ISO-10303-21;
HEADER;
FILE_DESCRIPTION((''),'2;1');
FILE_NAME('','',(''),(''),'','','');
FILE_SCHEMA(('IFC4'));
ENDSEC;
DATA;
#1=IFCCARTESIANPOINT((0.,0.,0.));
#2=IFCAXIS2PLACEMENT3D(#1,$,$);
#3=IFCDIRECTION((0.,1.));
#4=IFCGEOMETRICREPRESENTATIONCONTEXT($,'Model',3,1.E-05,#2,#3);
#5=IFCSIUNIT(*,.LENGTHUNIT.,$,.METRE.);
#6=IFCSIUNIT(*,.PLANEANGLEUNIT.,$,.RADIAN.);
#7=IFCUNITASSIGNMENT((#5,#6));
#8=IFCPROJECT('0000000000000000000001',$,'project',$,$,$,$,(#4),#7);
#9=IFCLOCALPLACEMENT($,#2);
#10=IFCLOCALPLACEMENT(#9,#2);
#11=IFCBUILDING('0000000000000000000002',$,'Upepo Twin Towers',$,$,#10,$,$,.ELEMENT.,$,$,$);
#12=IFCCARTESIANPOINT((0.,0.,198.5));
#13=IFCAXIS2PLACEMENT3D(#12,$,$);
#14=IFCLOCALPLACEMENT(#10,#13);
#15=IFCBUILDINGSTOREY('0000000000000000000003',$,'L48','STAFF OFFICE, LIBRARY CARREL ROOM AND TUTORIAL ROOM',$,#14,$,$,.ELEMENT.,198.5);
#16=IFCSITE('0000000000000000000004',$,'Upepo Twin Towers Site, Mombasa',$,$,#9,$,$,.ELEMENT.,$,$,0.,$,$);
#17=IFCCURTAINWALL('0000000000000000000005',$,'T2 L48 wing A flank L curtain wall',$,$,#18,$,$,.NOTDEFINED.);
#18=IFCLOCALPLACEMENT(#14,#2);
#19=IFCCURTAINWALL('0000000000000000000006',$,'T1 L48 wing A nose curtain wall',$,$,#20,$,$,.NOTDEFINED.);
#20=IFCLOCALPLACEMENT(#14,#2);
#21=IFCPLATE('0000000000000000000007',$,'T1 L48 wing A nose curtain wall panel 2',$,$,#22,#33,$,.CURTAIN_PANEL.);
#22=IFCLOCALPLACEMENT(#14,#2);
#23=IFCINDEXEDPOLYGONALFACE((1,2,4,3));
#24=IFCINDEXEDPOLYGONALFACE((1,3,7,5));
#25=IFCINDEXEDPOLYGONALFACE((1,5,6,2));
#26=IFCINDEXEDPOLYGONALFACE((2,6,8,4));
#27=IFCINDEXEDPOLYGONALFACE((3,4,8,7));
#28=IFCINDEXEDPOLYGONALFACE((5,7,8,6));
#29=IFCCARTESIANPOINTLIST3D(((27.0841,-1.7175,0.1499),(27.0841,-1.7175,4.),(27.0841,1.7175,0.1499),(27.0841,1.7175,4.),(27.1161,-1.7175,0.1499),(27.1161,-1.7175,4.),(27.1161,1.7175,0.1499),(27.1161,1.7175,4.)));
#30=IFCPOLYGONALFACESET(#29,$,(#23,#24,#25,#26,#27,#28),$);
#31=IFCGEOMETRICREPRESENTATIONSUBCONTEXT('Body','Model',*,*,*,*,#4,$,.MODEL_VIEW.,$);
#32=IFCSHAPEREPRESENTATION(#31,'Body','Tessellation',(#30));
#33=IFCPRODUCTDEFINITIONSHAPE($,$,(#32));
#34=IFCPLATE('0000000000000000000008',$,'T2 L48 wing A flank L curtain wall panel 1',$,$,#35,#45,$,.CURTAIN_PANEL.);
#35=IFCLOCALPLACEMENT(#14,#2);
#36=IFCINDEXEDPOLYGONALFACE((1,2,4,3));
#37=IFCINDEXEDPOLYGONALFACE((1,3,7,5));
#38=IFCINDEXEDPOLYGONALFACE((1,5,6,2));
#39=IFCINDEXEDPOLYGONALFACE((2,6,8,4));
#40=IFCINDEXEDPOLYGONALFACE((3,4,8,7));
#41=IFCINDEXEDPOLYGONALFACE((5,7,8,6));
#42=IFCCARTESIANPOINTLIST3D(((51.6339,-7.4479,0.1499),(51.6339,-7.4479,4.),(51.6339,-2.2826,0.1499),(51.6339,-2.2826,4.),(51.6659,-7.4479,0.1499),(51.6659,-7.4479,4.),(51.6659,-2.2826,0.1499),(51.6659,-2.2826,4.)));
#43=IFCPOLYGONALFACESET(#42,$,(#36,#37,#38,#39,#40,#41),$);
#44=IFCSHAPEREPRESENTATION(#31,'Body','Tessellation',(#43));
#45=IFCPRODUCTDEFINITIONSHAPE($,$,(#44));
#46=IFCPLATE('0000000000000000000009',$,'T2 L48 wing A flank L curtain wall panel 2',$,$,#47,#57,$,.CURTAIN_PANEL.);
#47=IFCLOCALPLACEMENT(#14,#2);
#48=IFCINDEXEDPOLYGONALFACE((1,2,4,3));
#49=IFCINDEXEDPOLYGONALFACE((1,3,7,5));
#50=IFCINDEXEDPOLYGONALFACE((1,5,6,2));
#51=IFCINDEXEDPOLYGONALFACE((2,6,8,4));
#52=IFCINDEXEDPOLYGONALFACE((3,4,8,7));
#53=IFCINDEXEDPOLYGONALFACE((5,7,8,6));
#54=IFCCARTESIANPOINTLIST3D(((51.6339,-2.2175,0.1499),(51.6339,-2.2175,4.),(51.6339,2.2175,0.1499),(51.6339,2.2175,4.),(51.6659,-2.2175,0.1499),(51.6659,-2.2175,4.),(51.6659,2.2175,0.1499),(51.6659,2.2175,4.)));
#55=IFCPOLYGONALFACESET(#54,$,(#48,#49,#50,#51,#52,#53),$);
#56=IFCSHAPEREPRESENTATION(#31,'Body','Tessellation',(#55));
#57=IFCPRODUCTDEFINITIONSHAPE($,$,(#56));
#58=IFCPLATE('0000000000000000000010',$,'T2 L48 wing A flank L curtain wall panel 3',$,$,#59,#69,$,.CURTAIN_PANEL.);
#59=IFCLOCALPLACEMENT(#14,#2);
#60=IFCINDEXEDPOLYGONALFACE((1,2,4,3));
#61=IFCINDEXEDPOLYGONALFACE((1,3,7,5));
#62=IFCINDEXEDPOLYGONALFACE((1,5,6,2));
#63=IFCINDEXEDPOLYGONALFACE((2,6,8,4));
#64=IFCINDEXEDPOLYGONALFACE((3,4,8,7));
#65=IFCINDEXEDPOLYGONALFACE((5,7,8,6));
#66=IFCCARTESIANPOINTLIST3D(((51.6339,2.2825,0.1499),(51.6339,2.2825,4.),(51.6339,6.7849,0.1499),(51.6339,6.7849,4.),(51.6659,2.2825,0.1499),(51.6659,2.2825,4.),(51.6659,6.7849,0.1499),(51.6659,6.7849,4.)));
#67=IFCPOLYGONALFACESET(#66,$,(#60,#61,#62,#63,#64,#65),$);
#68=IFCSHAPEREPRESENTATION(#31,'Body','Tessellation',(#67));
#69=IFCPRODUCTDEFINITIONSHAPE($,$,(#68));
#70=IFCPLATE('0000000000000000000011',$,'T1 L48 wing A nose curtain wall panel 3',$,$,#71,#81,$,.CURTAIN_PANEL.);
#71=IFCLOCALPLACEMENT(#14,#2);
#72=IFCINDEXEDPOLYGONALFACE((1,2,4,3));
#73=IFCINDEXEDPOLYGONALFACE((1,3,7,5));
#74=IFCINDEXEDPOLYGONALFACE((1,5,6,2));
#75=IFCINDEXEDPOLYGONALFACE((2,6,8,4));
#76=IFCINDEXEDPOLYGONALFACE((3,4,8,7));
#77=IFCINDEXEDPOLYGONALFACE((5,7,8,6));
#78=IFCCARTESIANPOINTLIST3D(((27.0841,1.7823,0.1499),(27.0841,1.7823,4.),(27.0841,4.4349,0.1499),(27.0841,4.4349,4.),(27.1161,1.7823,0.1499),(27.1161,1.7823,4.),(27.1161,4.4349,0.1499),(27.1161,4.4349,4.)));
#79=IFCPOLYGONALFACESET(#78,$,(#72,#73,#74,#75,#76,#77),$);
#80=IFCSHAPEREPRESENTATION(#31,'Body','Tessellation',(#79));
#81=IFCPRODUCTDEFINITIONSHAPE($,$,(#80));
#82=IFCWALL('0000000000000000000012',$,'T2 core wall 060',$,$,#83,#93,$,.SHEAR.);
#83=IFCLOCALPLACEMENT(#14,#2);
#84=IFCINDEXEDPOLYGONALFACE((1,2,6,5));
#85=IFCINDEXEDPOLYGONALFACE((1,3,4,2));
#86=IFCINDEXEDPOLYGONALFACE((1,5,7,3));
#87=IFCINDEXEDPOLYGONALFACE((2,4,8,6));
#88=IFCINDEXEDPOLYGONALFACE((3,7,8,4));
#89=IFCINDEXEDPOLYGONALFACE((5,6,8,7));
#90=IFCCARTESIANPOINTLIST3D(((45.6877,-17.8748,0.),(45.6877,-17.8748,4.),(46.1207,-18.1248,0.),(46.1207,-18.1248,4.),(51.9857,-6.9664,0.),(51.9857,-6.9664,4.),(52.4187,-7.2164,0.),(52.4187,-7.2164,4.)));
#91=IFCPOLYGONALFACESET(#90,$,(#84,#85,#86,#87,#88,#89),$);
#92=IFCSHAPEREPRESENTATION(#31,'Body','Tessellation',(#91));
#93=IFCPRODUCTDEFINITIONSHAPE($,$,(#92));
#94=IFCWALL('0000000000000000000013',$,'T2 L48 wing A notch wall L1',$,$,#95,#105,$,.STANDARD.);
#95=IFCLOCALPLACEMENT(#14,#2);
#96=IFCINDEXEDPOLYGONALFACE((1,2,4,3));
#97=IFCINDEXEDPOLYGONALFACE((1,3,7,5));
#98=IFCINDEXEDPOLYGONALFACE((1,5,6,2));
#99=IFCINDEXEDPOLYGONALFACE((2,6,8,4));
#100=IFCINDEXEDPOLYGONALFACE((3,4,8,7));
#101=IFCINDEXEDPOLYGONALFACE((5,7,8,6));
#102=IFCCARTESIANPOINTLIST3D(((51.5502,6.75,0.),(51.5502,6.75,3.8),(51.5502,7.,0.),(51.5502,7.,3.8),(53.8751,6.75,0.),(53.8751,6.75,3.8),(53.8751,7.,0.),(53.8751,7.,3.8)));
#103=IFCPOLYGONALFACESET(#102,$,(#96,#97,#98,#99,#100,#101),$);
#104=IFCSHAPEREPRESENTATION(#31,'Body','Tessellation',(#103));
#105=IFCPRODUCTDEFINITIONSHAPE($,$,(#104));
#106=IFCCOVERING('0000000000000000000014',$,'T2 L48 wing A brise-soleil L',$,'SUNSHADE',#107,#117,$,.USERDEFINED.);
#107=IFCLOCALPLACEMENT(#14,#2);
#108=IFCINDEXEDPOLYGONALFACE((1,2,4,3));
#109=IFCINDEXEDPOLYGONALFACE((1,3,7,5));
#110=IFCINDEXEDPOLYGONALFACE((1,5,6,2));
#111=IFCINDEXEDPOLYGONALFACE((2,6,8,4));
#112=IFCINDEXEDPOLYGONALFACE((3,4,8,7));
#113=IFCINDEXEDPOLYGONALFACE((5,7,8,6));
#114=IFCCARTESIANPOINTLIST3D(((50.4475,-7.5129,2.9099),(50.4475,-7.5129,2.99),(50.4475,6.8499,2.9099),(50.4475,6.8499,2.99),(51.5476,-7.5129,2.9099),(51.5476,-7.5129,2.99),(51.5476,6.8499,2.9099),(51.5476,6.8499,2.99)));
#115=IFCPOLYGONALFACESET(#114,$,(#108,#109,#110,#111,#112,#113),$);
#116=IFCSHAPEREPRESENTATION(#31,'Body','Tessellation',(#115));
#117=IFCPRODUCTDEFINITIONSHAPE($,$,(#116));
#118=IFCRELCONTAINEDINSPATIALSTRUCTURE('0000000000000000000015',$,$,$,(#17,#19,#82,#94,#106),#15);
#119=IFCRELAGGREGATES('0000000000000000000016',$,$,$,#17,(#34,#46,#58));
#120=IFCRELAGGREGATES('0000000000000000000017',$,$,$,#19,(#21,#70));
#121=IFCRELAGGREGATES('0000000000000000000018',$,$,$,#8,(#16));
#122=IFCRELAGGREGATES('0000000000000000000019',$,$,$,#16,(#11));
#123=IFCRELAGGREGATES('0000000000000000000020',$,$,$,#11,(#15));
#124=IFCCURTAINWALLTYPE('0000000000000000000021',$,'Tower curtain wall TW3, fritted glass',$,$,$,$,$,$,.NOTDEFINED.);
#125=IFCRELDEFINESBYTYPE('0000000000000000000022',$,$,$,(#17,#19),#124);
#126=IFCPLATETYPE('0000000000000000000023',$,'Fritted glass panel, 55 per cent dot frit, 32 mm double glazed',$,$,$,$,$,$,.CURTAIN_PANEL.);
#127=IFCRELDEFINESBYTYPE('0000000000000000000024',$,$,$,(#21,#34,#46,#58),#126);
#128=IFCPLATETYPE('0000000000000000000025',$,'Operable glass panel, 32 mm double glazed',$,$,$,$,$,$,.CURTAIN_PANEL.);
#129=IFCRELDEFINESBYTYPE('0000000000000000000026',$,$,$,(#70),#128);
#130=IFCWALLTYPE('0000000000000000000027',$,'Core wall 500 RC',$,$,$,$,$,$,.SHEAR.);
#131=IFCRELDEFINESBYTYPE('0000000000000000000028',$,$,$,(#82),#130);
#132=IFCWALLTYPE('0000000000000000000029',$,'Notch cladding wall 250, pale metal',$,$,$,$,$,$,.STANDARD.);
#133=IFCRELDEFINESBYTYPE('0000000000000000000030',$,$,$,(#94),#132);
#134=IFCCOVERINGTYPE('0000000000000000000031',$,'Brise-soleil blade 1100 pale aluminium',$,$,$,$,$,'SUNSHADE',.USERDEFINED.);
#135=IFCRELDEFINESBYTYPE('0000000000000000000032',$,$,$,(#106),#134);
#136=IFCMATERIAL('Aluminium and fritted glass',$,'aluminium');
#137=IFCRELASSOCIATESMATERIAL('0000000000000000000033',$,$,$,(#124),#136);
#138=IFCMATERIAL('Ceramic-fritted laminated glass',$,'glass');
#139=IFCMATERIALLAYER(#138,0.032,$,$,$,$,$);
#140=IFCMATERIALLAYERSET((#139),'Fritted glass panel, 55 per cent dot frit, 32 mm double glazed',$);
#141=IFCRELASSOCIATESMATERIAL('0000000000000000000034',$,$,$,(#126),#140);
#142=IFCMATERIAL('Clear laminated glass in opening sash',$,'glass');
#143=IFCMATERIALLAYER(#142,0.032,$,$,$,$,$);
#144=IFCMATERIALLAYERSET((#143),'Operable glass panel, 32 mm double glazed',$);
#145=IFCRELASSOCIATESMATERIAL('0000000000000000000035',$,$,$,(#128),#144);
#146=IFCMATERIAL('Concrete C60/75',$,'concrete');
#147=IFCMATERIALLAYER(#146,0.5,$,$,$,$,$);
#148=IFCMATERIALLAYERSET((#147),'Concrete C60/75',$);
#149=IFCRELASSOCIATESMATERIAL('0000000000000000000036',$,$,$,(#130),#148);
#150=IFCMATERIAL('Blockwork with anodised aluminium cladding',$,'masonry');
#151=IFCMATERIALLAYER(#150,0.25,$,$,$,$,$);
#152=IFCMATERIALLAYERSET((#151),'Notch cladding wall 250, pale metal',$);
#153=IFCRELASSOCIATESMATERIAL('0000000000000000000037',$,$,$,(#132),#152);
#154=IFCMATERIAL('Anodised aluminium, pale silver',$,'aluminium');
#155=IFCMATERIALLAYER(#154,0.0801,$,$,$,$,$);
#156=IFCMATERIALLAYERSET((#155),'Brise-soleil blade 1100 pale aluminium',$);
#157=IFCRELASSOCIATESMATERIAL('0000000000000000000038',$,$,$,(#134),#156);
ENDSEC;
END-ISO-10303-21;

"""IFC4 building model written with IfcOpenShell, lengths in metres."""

from ifc_helpers import new_model, si_unit, direction, frame, frame_2d, origin, origin_2d, place, context, subcontext, project, spatial, rectangle, extrude, material, layer, layer_set, type_object, element, aggregate, save


model = new_model("IFC4")

# Units and contexts
model_context = context("Model", 3, precision=1e-05, world=origin(), true_north=direction((0.0, 1.0)))
body_context = subcontext(model_context, "Body", "Model", "MODEL_VIEW")
ifc_project = project(units=[si_unit("LENGTHUNIT", "METRE"), si_unit("PLANEANGLEUNIT", "RADIAN")], contexts=[model_context])

# Site, building, storey
site_placement = place(None, origin())
site = spatial("IfcSite", under=ifc_project, at=site_placement, Name="Upepo Twin Towers Site, Mombasa", CompositionType="ELEMENT", RefElevation=0.0)
building_placement = place(site_placement, origin())
building = spatial("IfcBuilding", under=site, at=building_placement, Name="Upepo Twin Towers", CompositionType="ELEMENT")
storey_placement = place(building_placement, frame((0.0, 0.0, 198.5)))
storey = spatial("IfcBuildingStorey", under=building, at=storey_placement, Name="L48", Description="STAFF OFFICE, LIBRARY CARREL ROOM AND TUTORIAL ROOM", CompositionType="ELEMENT", Elevation=198.5)

# Curtain wall
ifc_material_1 = material(Name="Aluminium and fritted glass", Category="aluminium")
curtain_wall_type = type_object("IfcCurtainWallType", Name="Tower curtain wall TW3, fritted glass", PredefinedType="NOTDEFINED", material=ifc_material_1)
curtain_wall_1_placement = place(storey_placement, origin())
curtain_wall_1 = element("IfcCurtainWall", 1, at=curtain_wall_1_placement, inside=storey, type_object=curtain_wall_type, Name="T2 L48 wing A flank L curtain wall", PredefinedType="NOTDEFINED")

# Curtain wall
curtain_wall_2_placement = place(storey_placement, origin())
curtain_wall_2 = element("IfcCurtainWall", 2, at=curtain_wall_2_placement, inside=storey, type_object=curtain_wall_type, Name="T1 L48 wing A nose curtain wall", PredefinedType="NOTDEFINED")

# Plates
ifc_material_2 = material(Name="Ceramic-fritted laminated glass", Category="glass")
ifc_layer_1 = layer(ifc_material_2, 0.032)
ifc_layer_set_1 = layer_set([ifc_layer_1], Name="Fritted glass panel, 55 per cent dot frit, 32 mm double glazed")
plate_type_1 = type_object("IfcPlateType", Name="Fritted glass panel, 55 per cent dot frit, 32 mm double glazed", PredefinedType="CURTAIN_PANEL", material=ifc_layer_set_1)
plate_1_placement = place(storey_placement, frame((27.1001, 0.0, 0.1499), z_axis=(0.0, 0.0, 1.0), x_axis=(0.0, 1.0, 0.0)))
plate_1 = element("IfcPlate", 3, at=plate_1_placement, type_object=plate_type_1, Name="T1 L48 wing A nose curtain wall panel 2", PredefinedType="CURTAIN_PANEL", context=body_context, shape_type="SweptSolid", body=[
    extrude(rectangle(XDim=3.4351, YDim=0.032, at=origin_2d()), origin(), (0.0, 0.0, 1.0), 3.8501),
])
plate_2_placement = place(storey_placement, frame((51.6499, -4.8652, 0.1499), z_axis=(0.0, 0.0, 1.0), x_axis=(0.0, 1.0, 0.0)))
plate_2 = element("IfcPlate", 4, at=plate_2_placement, type_object=plate_type_1, Name="T2 L48 wing A flank L curtain wall panel 1", PredefinedType="CURTAIN_PANEL", context=body_context, shape_type="SweptSolid", body=[
    extrude(rectangle(XDim=5.1653, YDim=0.032, at=origin_2d()), origin(), (0.0, 0.0, 1.0), 3.8501),
])
plate_3_placement = place(storey_placement, frame((51.6499, 0.0, 0.1499), z_axis=(0.0, 0.0, 1.0), x_axis=(0.0, 1.0, 0.0)))
plate_3 = element("IfcPlate", 5, at=plate_3_placement, type_object=plate_type_1, Name="T2 L48 wing A flank L curtain wall panel 2", PredefinedType="CURTAIN_PANEL", context=body_context, shape_type="SweptSolid", body=[
    extrude(rectangle(XDim=4.4351, YDim=0.032, at=origin_2d()), origin(), (0.0, 0.0, 1.0), 3.8501),
])
plate_4_placement = place(storey_placement, frame((51.6499, 4.5337, 0.1499), z_axis=(0.0, 0.0, 1.0), x_axis=(0.0, 1.0, 0.0)))
plate_4 = element("IfcPlate", 6, at=plate_4_placement, type_object=plate_type_1, Name="T2 L48 wing A flank L curtain wall panel 3", PredefinedType="CURTAIN_PANEL", context=body_context, shape_type="SweptSolid", body=[
    extrude(rectangle(XDim=4.5024, YDim=0.032, at=origin_2d()), origin(), (0.0, 0.0, 1.0), 3.8501),
])
aggregate(curtain_wall_1, [plate_2, plate_3, plate_4])
ifc_material_3 = material(Name="Clear laminated glass in opening sash", Category="glass")
ifc_layer_2 = layer(ifc_material_3, 0.032)
ifc_layer_set_2 = layer_set([ifc_layer_2], Name="Operable glass panel, 32 mm double glazed")
plate_type_2 = type_object("IfcPlateType", Name="Operable glass panel, 32 mm double glazed", PredefinedType="CURTAIN_PANEL", material=ifc_layer_set_2)
plate_5_placement = place(storey_placement, frame((27.1001, 3.1086, 0.1499), z_axis=(0.0, 0.0, 1.0), x_axis=(0.0, 1.0, 0.0)))
plate_5 = element("IfcPlate", 7, at=plate_5_placement, type_object=plate_type_2, Name="T1 L48 wing A nose curtain wall panel 3", PredefinedType="CURTAIN_PANEL", context=body_context, shape_type="SweptSolid", body=[
    extrude(rectangle(XDim=2.6526, YDim=0.032, at=origin_2d()), origin(), (0.0, 0.0, 1.0), 3.8501),
])
aggregate(curtain_wall_2, [plate_1, plate_5])

# Walls
ifc_material_4 = material(Name="Concrete C60/75", Category="concrete")
ifc_layer_3 = layer(ifc_material_4, 0.5)
ifc_layer_set_3 = layer_set([ifc_layer_3], Name="Concrete C60/75")
wall_type_1 = type_object("IfcWallType", Name="Core wall 500 RC", PredefinedType="SHEAR", material=ifc_layer_set_3)
wall_1_placement = place(storey_placement, frame((52.2021, -7.0916, 0.0), z_axis=(0.0, 0.0, 1.0), x_axis=(-0.500006, -0.866022, 0.0)))
element("IfcWall", 8, at=wall_1_placement, inside=storey, type_object=wall_type_1, Name="T2 core wall 060", PredefinedType="SHEAR", context=body_context, shape_type="SweptSolid", body=[
    extrude(rectangle(XDim=12.5959, YDim=0.5, at=frame_2d((6.2979, 0.0))), origin(), (0.0, 0.0, 1.0), 4.0),
])
ifc_material_5 = material(Name="Blockwork with anodised aluminium cladding", Category="masonry")
ifc_layer_4 = layer(ifc_material_5, 0.25)
ifc_layer_set_4 = layer_set([ifc_layer_4], Name="Notch cladding wall 250, pale metal")
wall_type_2 = type_object("IfcWallType", Name="Notch cladding wall 250, pale metal", PredefinedType="STANDARD", material=ifc_layer_set_4)
wall_2_placement = place(storey_placement, frame((51.55, 6.875, 0.0), z_axis=(0.0, 0.0, 1.0), x_axis=(1.0, 0.0, 0.0)))
element("IfcWall", 9, at=wall_2_placement, inside=storey, type_object=wall_type_2, Name="T2 L48 wing A notch wall L1", PredefinedType="STANDARD", context=body_context, shape_type="SweptSolid", body=[
    extrude(rectangle(XDim=2.325, YDim=0.25, at=frame_2d((1.1626, 0.0))), origin(), (0.0, 0.0, 1.0), 3.8),
])

# Covering
ifc_material_6 = material(Name="Anodised aluminium, pale silver", Category="aluminium")
ifc_layer_5 = layer(ifc_material_6, 0.0801)
ifc_layer_set_5 = layer_set([ifc_layer_5], Name="Brise-soleil blade 1100 pale aluminium")
covering_type = type_object("IfcCoveringType", Name="Brise-soleil blade 1100 pale aluminium", ElementType="SUNSHADE", PredefinedType="USERDEFINED", material=ifc_layer_set_5)
covering_placement = place(storey_placement, frame((50.9976, -0.3315, 2.9099), z_axis=(0.0, 0.0, 1.0), x_axis=(0.0, 1.0, 0.0)))
element("IfcCovering", 10, at=covering_placement, inside=storey, type_object=covering_type, Name="T2 L48 wing A brise-soleil L", ObjectType="SUNSHADE", PredefinedType="USERDEFINED", context=body_context, shape_type="SweptSolid", body=[
    extrude(rectangle(XDim=14.3628, YDim=1.1001, at=origin_2d()), origin(), (0.0, 0.0, 1.0), 0.0801),
])

save(model, "model.ifc")
